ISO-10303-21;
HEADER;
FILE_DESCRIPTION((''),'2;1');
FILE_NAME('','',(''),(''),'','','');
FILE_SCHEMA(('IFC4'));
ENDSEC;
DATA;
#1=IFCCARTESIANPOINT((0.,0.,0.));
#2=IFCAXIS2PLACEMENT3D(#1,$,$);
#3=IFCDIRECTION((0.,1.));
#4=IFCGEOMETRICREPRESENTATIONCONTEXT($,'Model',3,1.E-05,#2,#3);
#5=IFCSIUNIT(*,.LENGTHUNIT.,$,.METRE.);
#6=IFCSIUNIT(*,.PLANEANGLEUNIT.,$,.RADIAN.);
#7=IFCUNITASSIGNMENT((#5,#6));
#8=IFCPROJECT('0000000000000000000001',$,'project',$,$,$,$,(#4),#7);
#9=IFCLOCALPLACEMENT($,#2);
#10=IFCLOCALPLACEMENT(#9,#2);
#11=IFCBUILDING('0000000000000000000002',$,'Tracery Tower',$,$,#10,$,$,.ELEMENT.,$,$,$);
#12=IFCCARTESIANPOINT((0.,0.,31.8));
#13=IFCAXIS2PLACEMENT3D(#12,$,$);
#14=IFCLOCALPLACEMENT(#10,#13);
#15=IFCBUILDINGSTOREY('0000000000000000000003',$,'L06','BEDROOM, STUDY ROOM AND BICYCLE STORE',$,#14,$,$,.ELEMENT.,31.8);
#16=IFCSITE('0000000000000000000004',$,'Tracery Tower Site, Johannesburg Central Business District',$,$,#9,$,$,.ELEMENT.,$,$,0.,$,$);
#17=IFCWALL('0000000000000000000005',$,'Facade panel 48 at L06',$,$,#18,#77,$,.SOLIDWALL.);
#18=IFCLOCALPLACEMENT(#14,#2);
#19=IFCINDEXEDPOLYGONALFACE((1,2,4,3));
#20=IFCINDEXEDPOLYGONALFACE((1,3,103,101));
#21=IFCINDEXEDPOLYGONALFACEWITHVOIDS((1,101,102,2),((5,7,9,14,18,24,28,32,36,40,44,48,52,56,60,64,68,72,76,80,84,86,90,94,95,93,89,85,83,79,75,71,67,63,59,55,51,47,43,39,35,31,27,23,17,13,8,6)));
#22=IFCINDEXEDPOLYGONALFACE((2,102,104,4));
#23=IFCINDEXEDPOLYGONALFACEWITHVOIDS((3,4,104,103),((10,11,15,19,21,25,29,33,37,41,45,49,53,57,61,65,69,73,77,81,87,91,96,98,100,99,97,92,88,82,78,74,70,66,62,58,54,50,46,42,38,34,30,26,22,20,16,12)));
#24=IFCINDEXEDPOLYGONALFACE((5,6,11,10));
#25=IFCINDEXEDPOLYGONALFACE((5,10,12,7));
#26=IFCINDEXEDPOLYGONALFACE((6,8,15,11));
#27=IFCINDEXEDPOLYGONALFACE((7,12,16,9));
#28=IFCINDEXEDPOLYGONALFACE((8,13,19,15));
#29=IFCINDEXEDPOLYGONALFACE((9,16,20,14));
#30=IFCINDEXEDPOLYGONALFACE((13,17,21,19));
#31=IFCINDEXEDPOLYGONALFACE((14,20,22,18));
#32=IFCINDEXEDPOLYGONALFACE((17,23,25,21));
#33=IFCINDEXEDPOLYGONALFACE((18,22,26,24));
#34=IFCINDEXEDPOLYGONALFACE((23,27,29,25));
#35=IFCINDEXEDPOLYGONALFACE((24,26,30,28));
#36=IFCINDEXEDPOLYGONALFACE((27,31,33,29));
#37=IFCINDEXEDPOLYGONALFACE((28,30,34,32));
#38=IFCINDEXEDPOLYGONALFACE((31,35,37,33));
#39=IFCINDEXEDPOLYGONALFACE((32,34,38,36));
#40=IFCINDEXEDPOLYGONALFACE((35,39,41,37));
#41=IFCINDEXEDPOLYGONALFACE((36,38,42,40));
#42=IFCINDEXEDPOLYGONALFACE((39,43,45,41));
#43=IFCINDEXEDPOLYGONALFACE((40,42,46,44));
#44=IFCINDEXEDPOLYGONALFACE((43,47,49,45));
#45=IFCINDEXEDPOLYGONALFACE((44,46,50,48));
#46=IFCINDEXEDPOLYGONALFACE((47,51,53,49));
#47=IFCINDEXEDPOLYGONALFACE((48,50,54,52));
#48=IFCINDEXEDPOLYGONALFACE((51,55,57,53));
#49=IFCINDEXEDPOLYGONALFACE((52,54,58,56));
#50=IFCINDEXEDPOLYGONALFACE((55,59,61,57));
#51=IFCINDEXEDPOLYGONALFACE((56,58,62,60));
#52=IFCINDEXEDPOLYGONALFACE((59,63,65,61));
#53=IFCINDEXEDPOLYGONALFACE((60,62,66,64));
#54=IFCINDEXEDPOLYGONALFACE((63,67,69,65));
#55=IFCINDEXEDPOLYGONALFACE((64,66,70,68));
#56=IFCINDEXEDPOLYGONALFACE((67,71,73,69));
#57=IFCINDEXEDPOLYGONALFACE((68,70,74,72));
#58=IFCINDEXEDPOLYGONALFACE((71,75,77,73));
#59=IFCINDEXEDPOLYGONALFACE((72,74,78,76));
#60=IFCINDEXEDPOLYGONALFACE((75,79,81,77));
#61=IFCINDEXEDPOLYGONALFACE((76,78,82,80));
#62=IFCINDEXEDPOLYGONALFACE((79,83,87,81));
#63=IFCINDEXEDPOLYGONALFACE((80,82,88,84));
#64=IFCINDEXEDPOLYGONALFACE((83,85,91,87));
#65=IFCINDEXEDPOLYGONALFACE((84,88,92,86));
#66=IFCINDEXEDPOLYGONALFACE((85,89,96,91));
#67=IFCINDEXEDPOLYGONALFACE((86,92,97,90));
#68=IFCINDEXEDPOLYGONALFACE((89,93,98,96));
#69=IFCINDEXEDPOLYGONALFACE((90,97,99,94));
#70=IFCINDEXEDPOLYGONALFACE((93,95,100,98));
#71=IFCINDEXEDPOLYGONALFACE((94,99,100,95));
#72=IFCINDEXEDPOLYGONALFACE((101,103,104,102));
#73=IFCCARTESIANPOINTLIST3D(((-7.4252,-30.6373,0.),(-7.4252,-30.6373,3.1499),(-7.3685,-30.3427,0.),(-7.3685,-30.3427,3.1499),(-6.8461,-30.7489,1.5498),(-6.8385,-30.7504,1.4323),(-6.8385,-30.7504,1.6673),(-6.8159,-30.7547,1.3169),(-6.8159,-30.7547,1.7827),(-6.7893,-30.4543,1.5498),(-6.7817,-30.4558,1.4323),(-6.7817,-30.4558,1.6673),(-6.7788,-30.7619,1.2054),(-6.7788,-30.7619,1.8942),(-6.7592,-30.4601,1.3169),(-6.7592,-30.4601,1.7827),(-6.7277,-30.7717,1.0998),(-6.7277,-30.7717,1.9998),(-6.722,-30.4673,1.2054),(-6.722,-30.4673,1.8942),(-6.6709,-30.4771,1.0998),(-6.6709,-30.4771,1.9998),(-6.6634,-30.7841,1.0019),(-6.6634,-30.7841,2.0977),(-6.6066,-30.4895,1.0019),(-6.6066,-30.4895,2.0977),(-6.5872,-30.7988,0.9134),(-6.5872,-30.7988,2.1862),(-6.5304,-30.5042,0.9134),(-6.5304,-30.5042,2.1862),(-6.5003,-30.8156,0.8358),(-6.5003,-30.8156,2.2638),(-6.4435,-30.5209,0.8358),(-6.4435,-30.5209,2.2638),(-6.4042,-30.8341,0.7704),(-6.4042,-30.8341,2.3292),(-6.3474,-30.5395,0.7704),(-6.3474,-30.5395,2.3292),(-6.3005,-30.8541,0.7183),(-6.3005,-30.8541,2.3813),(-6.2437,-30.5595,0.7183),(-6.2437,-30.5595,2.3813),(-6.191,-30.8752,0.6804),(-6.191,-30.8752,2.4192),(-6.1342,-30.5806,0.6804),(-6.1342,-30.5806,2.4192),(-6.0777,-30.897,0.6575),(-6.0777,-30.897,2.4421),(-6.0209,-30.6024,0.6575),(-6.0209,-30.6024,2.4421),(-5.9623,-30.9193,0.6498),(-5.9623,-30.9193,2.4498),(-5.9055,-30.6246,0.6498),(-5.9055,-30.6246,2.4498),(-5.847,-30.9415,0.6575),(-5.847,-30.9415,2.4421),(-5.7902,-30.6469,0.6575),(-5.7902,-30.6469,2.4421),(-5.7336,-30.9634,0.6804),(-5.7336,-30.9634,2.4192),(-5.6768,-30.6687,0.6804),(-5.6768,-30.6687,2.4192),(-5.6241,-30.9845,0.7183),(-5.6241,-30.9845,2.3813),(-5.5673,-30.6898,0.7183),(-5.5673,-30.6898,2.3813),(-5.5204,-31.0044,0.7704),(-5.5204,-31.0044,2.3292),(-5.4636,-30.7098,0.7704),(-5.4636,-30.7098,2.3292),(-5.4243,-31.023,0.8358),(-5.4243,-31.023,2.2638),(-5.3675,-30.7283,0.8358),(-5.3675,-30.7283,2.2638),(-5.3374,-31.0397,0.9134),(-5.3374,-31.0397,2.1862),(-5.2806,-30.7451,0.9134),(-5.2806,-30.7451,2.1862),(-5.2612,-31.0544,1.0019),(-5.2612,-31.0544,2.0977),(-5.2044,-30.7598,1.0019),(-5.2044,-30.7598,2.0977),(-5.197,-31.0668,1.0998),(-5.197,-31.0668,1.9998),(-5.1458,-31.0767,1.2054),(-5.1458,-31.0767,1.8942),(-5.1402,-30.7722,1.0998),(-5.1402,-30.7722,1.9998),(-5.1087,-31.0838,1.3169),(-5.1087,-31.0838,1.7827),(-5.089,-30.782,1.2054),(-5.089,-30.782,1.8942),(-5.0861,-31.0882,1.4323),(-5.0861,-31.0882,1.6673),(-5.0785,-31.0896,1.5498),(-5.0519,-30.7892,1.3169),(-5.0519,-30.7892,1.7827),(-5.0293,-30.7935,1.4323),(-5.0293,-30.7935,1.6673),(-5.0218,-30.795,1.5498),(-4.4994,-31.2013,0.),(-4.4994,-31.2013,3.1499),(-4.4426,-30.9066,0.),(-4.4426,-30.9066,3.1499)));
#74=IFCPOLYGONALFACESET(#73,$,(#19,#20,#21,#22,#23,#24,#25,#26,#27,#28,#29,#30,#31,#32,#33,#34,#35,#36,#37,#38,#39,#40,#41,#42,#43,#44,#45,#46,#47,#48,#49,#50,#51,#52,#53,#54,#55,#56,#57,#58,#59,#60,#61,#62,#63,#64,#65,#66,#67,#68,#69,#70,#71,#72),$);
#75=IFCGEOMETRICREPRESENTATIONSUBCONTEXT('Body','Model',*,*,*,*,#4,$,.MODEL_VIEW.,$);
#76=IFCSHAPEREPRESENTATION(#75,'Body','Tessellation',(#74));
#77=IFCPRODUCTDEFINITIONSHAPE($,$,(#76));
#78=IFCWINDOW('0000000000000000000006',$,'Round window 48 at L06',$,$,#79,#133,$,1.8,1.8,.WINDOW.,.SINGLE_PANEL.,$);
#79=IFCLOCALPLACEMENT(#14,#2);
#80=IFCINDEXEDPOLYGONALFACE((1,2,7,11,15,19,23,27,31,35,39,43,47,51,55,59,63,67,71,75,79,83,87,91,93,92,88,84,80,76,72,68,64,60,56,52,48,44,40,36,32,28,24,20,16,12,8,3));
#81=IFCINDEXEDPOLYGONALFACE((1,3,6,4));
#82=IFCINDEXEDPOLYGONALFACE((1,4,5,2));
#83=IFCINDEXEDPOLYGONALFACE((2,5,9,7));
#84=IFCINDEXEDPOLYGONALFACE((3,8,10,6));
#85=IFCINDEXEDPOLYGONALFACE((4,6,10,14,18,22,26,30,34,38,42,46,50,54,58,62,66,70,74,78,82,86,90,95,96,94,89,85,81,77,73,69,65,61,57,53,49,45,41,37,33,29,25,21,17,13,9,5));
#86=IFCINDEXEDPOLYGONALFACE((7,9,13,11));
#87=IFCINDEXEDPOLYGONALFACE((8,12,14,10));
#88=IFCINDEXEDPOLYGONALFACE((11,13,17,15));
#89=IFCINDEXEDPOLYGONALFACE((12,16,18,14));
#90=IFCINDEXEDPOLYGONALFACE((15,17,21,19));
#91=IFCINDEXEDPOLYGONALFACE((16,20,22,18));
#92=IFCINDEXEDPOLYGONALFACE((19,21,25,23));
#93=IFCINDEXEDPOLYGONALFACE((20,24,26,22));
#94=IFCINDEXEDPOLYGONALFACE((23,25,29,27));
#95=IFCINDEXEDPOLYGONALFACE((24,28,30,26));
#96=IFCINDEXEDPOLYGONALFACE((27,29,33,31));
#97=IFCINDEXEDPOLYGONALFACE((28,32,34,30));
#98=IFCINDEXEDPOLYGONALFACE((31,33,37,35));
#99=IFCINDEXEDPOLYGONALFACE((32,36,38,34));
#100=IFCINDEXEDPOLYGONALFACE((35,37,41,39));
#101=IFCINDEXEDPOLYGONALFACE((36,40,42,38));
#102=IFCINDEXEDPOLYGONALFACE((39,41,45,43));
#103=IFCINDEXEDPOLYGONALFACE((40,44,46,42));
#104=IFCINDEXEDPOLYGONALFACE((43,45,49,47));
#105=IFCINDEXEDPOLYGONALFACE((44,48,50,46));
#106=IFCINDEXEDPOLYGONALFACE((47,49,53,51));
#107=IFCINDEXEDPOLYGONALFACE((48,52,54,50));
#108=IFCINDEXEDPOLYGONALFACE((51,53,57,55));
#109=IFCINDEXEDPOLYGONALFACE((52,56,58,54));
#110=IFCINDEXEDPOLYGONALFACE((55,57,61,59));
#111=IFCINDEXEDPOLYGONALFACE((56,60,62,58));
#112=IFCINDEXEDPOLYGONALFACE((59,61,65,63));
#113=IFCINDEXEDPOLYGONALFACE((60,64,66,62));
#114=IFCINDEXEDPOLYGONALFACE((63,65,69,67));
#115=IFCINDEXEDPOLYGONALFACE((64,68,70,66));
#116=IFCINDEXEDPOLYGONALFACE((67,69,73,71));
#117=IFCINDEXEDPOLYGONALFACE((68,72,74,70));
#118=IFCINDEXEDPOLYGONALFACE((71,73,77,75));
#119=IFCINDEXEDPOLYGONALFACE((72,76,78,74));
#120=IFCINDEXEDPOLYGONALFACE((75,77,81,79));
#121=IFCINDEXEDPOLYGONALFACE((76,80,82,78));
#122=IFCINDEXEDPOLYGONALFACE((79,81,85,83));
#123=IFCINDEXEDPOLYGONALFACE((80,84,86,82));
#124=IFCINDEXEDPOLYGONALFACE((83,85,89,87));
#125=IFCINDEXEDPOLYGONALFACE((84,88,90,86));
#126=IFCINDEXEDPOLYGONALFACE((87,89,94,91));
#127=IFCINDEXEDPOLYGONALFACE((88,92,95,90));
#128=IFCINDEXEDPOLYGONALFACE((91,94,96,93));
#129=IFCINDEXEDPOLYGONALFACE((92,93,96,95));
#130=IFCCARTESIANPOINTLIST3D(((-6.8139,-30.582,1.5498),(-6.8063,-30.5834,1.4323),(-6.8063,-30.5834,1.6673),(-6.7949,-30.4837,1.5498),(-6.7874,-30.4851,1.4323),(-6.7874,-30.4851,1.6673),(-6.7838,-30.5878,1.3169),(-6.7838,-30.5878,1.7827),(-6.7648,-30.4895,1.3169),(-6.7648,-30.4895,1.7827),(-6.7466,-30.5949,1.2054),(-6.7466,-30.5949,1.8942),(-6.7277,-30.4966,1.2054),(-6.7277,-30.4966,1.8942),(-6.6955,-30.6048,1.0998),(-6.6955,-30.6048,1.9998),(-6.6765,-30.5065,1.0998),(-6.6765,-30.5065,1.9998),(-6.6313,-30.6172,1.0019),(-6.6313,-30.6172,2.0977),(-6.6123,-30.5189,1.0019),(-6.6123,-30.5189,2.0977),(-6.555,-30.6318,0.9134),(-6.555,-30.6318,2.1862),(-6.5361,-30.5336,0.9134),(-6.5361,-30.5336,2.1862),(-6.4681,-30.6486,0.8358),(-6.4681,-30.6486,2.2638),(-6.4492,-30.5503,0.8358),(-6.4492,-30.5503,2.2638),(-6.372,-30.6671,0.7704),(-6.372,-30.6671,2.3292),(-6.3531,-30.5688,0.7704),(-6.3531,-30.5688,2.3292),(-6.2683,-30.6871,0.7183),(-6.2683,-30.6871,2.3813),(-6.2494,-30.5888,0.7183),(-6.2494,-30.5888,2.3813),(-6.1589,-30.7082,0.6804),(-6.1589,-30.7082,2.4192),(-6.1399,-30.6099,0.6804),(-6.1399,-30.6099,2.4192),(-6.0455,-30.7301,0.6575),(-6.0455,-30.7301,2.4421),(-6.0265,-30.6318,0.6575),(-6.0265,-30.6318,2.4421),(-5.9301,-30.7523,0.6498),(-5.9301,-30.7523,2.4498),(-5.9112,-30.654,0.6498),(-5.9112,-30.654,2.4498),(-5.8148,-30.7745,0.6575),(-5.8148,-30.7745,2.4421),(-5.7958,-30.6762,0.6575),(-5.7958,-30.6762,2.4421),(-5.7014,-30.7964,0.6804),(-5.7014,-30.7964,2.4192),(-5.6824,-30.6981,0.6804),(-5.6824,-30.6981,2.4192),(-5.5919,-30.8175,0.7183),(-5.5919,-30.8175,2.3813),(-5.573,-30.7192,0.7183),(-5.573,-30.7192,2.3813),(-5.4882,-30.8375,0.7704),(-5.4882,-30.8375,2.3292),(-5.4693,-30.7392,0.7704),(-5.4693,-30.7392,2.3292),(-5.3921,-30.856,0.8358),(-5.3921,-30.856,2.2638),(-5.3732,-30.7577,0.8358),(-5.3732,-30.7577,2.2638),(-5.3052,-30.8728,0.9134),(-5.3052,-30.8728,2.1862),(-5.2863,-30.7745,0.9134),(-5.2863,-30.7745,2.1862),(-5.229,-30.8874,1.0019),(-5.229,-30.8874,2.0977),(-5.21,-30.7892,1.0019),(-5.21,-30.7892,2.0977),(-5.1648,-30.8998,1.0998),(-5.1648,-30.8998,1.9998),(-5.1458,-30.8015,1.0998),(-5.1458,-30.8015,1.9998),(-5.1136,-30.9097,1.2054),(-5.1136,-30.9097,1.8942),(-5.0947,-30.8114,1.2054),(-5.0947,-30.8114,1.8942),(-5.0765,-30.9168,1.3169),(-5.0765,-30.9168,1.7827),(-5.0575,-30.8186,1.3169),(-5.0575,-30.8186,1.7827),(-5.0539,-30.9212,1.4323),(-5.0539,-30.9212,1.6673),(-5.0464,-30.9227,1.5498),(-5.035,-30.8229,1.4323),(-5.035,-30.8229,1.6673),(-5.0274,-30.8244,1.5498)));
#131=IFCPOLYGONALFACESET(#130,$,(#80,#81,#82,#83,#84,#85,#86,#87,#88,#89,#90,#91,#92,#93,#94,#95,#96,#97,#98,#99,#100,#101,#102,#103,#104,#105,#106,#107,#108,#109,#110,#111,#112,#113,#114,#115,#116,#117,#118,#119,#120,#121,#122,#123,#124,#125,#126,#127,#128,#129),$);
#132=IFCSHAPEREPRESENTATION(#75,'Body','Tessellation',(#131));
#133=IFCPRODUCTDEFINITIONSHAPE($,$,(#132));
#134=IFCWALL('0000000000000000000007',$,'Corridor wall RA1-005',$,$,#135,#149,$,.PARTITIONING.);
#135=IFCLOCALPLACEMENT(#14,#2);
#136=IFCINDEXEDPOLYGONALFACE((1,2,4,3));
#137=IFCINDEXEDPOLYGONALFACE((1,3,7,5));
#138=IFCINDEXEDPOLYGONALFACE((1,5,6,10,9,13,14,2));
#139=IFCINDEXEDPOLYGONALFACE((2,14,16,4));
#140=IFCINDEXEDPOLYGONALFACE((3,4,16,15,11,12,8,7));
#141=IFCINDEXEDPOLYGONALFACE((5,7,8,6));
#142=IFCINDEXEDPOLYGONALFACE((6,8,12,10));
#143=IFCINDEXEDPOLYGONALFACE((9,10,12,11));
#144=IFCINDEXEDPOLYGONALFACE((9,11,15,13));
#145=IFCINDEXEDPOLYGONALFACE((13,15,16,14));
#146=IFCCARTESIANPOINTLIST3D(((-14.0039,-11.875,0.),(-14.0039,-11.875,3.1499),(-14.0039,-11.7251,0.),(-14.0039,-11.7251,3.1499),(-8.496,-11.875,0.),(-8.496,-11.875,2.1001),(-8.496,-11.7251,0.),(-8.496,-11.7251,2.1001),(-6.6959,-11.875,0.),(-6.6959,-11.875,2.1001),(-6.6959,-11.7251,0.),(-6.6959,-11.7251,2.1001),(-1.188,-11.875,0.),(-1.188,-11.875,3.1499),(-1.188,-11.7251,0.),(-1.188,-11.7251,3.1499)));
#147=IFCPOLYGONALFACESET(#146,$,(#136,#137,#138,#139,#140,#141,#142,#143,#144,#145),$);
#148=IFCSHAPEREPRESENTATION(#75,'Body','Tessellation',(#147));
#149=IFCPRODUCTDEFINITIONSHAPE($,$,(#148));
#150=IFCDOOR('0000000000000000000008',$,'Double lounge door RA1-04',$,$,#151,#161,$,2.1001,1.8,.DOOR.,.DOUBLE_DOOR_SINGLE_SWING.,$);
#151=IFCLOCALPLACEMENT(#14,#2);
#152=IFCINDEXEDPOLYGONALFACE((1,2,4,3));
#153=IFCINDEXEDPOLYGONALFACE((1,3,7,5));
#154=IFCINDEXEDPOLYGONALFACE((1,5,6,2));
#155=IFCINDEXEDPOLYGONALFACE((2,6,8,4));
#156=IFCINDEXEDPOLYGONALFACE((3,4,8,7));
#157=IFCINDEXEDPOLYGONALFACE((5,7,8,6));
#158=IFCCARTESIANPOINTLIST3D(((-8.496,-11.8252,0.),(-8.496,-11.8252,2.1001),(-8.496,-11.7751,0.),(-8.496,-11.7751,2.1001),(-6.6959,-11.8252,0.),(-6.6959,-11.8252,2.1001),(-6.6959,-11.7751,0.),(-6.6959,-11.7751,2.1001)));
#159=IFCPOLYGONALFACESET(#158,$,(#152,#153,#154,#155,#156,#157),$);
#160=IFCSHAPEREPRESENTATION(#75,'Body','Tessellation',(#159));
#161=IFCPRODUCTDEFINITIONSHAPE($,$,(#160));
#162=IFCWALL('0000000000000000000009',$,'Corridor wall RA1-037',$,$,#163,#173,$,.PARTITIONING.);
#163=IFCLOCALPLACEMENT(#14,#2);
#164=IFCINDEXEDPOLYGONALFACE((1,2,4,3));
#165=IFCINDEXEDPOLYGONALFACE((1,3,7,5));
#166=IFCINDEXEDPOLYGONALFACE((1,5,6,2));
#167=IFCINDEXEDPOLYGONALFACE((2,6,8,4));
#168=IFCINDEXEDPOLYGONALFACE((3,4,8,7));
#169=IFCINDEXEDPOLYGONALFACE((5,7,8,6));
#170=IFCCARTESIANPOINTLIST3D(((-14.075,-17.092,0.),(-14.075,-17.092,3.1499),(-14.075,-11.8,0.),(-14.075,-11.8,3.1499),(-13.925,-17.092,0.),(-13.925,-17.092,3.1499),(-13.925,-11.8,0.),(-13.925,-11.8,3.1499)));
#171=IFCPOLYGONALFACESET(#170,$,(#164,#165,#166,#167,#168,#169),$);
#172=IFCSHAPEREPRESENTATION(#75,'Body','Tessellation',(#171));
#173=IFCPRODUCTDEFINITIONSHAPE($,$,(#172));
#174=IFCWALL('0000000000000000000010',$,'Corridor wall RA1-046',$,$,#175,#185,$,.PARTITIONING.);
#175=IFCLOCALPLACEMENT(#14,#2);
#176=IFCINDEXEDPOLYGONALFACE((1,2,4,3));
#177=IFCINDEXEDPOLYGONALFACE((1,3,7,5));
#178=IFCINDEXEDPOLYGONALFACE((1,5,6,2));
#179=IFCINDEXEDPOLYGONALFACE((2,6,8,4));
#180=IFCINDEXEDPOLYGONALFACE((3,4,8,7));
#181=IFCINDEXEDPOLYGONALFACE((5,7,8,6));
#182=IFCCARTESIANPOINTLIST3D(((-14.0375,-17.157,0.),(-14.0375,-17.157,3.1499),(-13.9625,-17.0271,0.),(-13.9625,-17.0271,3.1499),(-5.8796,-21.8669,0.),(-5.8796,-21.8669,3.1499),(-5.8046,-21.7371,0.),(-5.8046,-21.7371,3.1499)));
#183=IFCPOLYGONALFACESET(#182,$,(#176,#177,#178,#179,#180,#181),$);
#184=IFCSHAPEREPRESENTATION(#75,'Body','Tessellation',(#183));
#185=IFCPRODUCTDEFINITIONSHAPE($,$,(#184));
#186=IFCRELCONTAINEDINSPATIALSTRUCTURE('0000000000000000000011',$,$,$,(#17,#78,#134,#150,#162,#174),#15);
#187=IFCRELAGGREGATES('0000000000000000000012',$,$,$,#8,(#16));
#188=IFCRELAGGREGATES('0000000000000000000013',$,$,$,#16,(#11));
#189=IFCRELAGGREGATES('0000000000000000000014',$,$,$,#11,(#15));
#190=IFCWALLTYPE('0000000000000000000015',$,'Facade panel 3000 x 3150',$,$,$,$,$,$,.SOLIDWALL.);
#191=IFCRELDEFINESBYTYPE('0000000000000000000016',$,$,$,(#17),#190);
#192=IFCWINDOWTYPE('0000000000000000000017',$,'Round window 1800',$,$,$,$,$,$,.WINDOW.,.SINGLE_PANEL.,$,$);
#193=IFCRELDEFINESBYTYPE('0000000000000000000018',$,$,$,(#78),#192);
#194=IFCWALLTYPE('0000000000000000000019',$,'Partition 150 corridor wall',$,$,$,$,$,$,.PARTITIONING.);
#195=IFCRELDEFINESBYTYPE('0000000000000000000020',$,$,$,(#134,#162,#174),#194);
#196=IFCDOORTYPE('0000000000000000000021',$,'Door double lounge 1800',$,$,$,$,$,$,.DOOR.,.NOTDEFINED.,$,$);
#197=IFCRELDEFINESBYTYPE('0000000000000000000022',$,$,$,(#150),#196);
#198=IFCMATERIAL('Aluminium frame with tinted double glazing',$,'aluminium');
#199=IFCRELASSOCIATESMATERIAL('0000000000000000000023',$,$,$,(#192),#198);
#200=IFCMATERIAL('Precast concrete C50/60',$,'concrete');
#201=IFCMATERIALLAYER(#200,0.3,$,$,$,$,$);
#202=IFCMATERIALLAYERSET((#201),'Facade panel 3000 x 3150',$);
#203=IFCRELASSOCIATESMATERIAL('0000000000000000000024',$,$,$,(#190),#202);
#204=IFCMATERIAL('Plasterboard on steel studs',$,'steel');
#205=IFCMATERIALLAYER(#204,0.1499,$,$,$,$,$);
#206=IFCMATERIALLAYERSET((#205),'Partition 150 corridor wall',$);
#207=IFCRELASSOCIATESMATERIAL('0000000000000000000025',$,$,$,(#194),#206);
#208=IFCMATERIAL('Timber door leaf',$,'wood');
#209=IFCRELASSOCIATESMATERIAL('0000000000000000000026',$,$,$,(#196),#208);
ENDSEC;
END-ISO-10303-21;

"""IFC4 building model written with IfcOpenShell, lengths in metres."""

from ifc_helpers import new_model, si_unit, direction, frame, frame_2d, origin, origin_2d, place, context, subcontext, project, spatial, rectangle, circle, extrude, material, layer, layer_set, type_object, element, fill, save


model = new_model("IFC4")

# Units and contexts
model_context = context("Model", 3, precision=1e-05, world=origin(), true_north=direction((0.0, 1.0)))
body_context = subcontext(model_context, "Body", "Model", "MODEL_VIEW")
ifc_project = project(units=[si_unit("LENGTHUNIT", "METRE"), si_unit("PLANEANGLEUNIT", "RADIAN")], contexts=[model_context])

# Site, building, storey
site_placement = place(None, origin())
site = spatial("IfcSite", under=ifc_project, at=site_placement, Name="Tracery Tower Site, Johannesburg Central Business District", CompositionType="ELEMENT", RefElevation=0.0)
building_placement = place(site_placement, origin())
building = spatial("IfcBuilding", under=site, at=building_placement, Name="Tracery Tower", CompositionType="ELEMENT")
storey_placement = place(building_placement, frame((0.0, 0.0, 31.8)))
storey = spatial("IfcBuildingStorey", under=building, at=storey_placement, Name="L06", Description="BEDROOM, STUDY ROOM AND BICYCLE STORE", CompositionType="ELEMENT", Elevation=31.8)

# Wall, opening, window
ifc_material_1 = material(Name="Aluminium frame with tinted double glazing", Category="aluminium")
window_type = type_object("IfcWindowType", Name="Round window 1800", PartitioningType="SINGLE_PANEL", PredefinedType="WINDOW", material=ifc_material_1)
ifc_material_2 = material(Name="Precast concrete C50/60", Category="concrete")
ifc_layer_1 = layer(ifc_material_2, 0.3)
ifc_layer_set_1 = layer_set([ifc_layer_1], Name="Facade panel 3000 x 3150")
wall_type_1 = type_object("IfcWallType", Name="Facade panel 3000 x 3150", PredefinedType="SOLIDWALL", material=ifc_layer_set_1)
wall_1_placement = place(storey_placement, frame((-7.3967, -30.49, 0.0), z_axis=(0.0, 0.0, 1.0), x_axis=(0.981925, -0.189273, 0.0)))
wall_1 = element("IfcWall", 1, at=wall_1_placement, inside=storey, type_object=wall_type_1, Name="Facade panel 48 at L06", PredefinedType="SOLIDWALL", context=body_context, shape_type="SweptSolid", body=[
    extrude(rectangle(XDim=2.9797, YDim=0.3, at=frame_2d((1.4897, 0.0))), origin(), (0.0, 0.0, 1.0), 3.1499),
])
opening_1_placement = place(wall_1_placement, frame((1.4897, 0.0, 1.5498)))
opening_1 = element("IfcOpeningElement", 2, at=opening_1_placement, cuts=wall_1, PredefinedType="OPENING", context=body_context, shape_type="SweptSolid", body=[
    extrude(circle(Radius=0.9, at=origin_2d()), frame((0.0, 0.1599, 0.0), z_axis=(0.0, -1.0, 0.0), x_axis=(1.0, 0.0, 0.0)), (0.0, 0.0, 1.0), 0.3201),
])
window_1_placement = place(opening_1_placement, origin())
window_1 = element("IfcWindow", 3, at=window_1_placement, inside=storey, type_object=window_type, Name="Round window 48 at L06", OverallHeight=1.8, OverallWidth=1.8, PartitioningType="SINGLE_PANEL", PredefinedType="WINDOW", context=body_context, shape_type="SweptSolid", body=[
    extrude(circle(Radius=0.9, at=origin_2d()), frame((0.0, 0.1201, 0.0), z_axis=(0.0, -1.0, 0.0), x_axis=(1.0, 0.0, 0.0)), (0.0, 0.0, 1.0), 0.1001),
])
fill(opening_1, window_1)

# Wall, opening, door
ifc_material_3 = material(Name="Plasterboard on steel studs", Category="steel")
ifc_layer_2 = layer(ifc_material_3, 0.1499)
ifc_layer_set_2 = layer_set([ifc_layer_2], Name="Partition 150 corridor wall")
wall_type_2 = type_object("IfcWallType", Name="Partition 150 corridor wall", PredefinedType="PARTITIONING", material=ifc_layer_set_2)
wall_2_placement = place(storey_placement, frame((-14.0039, -11.8, 0.0), z_axis=(0.0, 0.0, 1.0), x_axis=(1.0, 0.0, 0.0)))
wall_2 = element("IfcWall", 4, at=wall_2_placement, inside=storey, type_object=wall_type_2, Name="Corridor wall RA1-005", PredefinedType="PARTITIONING", context=body_context, shape_type="SweptSolid", body=[
    extrude(rectangle(XDim=12.8159, YDim=0.1499, at=frame_2d((6.408, 0.0))), origin(), (0.0, 0.0, 1.0), 3.1499),
])
opening_2_placement = place(wall_2_placement, frame((5.5081, 0.0, 0.0)))
opening_2 = element("IfcOpeningElement", 5, at=opening_2_placement, cuts=wall_2, PredefinedType="OPENING", context=body_context, shape_type="SweptSolid", body=[
    extrude(rectangle(XDim=1.8, YDim=2.1001, at=frame_2d((0.8999, 1.05))), frame((0.0, 0.075, 0.0), z_axis=(0.0, -1.0, 0.0), x_axis=(1.0, 0.0, 0.0)), (0.0, 0.0, 1.0), 0.1499),
])
ifc_material_4 = material(Name="Timber door leaf", Category="wood")
door_type = type_object("IfcDoorType", Name="Door double lounge 1800", OperationType="NOTDEFINED", PredefinedType="DOOR", material=ifc_material_4)
door_1_placement = place(opening_2_placement, origin())
door_1 = element("IfcDoor", 6, at=door_1_placement, inside=storey, type_object=door_type, Name="Double lounge door RA1-04", OperationType="DOUBLE_DOOR_SINGLE_SWING", OverallHeight=2.1001, OverallWidth=1.8, PredefinedType="DOOR", context=body_context, shape_type="SweptSolid", body=[
    extrude(rectangle(XDim=1.8, YDim=2.1001, at=frame_2d((0.8999, 1.05))), frame((0.0, 0.0249, 0.0), z_axis=(0.0, -1.0, 0.0), x_axis=(1.0, 0.0, 0.0)), (0.0, 0.0, 1.0), 0.05),
])
fill(opening_2, door_1)

# Walls
wall_3_placement = place(storey_placement, frame((-14.0, -17.092, 0.0), z_axis=(0.0, 0.0, 1.0), x_axis=(0.0, 1.0, 0.0)))
element("IfcWall", 7, at=wall_3_placement, inside=storey, type_object=wall_type_2, Name="Corridor wall RA1-037", PredefinedType="PARTITIONING", context=body_context, shape_type="SweptSolid", body=[
    extrude(rectangle(XDim=5.292, YDim=0.1499, at=frame_2d((2.646, 0.0))), origin(), (0.0, 0.0, 1.0), 3.1499),
])
wall_4_placement = place(storey_placement, frame((-14.0, -17.092, 0.0), z_axis=(0.0, 0.0, 1.0), x_axis=(0.866027, -0.499997, 0.0)))
element("IfcWall", 8, at=wall_4_placement, inside=storey, type_object=wall_type_2, Name="Corridor wall RA1-046", PredefinedType="PARTITIONING", context=body_context, shape_type="SweptSolid", body=[
    extrude(rectangle(XDim=9.4199, YDim=0.1499, at=frame_2d((4.71, 0.0))), origin(), (0.0, 0.0, 1.0), 3.1499),
])

save(model, "model.ifc")
